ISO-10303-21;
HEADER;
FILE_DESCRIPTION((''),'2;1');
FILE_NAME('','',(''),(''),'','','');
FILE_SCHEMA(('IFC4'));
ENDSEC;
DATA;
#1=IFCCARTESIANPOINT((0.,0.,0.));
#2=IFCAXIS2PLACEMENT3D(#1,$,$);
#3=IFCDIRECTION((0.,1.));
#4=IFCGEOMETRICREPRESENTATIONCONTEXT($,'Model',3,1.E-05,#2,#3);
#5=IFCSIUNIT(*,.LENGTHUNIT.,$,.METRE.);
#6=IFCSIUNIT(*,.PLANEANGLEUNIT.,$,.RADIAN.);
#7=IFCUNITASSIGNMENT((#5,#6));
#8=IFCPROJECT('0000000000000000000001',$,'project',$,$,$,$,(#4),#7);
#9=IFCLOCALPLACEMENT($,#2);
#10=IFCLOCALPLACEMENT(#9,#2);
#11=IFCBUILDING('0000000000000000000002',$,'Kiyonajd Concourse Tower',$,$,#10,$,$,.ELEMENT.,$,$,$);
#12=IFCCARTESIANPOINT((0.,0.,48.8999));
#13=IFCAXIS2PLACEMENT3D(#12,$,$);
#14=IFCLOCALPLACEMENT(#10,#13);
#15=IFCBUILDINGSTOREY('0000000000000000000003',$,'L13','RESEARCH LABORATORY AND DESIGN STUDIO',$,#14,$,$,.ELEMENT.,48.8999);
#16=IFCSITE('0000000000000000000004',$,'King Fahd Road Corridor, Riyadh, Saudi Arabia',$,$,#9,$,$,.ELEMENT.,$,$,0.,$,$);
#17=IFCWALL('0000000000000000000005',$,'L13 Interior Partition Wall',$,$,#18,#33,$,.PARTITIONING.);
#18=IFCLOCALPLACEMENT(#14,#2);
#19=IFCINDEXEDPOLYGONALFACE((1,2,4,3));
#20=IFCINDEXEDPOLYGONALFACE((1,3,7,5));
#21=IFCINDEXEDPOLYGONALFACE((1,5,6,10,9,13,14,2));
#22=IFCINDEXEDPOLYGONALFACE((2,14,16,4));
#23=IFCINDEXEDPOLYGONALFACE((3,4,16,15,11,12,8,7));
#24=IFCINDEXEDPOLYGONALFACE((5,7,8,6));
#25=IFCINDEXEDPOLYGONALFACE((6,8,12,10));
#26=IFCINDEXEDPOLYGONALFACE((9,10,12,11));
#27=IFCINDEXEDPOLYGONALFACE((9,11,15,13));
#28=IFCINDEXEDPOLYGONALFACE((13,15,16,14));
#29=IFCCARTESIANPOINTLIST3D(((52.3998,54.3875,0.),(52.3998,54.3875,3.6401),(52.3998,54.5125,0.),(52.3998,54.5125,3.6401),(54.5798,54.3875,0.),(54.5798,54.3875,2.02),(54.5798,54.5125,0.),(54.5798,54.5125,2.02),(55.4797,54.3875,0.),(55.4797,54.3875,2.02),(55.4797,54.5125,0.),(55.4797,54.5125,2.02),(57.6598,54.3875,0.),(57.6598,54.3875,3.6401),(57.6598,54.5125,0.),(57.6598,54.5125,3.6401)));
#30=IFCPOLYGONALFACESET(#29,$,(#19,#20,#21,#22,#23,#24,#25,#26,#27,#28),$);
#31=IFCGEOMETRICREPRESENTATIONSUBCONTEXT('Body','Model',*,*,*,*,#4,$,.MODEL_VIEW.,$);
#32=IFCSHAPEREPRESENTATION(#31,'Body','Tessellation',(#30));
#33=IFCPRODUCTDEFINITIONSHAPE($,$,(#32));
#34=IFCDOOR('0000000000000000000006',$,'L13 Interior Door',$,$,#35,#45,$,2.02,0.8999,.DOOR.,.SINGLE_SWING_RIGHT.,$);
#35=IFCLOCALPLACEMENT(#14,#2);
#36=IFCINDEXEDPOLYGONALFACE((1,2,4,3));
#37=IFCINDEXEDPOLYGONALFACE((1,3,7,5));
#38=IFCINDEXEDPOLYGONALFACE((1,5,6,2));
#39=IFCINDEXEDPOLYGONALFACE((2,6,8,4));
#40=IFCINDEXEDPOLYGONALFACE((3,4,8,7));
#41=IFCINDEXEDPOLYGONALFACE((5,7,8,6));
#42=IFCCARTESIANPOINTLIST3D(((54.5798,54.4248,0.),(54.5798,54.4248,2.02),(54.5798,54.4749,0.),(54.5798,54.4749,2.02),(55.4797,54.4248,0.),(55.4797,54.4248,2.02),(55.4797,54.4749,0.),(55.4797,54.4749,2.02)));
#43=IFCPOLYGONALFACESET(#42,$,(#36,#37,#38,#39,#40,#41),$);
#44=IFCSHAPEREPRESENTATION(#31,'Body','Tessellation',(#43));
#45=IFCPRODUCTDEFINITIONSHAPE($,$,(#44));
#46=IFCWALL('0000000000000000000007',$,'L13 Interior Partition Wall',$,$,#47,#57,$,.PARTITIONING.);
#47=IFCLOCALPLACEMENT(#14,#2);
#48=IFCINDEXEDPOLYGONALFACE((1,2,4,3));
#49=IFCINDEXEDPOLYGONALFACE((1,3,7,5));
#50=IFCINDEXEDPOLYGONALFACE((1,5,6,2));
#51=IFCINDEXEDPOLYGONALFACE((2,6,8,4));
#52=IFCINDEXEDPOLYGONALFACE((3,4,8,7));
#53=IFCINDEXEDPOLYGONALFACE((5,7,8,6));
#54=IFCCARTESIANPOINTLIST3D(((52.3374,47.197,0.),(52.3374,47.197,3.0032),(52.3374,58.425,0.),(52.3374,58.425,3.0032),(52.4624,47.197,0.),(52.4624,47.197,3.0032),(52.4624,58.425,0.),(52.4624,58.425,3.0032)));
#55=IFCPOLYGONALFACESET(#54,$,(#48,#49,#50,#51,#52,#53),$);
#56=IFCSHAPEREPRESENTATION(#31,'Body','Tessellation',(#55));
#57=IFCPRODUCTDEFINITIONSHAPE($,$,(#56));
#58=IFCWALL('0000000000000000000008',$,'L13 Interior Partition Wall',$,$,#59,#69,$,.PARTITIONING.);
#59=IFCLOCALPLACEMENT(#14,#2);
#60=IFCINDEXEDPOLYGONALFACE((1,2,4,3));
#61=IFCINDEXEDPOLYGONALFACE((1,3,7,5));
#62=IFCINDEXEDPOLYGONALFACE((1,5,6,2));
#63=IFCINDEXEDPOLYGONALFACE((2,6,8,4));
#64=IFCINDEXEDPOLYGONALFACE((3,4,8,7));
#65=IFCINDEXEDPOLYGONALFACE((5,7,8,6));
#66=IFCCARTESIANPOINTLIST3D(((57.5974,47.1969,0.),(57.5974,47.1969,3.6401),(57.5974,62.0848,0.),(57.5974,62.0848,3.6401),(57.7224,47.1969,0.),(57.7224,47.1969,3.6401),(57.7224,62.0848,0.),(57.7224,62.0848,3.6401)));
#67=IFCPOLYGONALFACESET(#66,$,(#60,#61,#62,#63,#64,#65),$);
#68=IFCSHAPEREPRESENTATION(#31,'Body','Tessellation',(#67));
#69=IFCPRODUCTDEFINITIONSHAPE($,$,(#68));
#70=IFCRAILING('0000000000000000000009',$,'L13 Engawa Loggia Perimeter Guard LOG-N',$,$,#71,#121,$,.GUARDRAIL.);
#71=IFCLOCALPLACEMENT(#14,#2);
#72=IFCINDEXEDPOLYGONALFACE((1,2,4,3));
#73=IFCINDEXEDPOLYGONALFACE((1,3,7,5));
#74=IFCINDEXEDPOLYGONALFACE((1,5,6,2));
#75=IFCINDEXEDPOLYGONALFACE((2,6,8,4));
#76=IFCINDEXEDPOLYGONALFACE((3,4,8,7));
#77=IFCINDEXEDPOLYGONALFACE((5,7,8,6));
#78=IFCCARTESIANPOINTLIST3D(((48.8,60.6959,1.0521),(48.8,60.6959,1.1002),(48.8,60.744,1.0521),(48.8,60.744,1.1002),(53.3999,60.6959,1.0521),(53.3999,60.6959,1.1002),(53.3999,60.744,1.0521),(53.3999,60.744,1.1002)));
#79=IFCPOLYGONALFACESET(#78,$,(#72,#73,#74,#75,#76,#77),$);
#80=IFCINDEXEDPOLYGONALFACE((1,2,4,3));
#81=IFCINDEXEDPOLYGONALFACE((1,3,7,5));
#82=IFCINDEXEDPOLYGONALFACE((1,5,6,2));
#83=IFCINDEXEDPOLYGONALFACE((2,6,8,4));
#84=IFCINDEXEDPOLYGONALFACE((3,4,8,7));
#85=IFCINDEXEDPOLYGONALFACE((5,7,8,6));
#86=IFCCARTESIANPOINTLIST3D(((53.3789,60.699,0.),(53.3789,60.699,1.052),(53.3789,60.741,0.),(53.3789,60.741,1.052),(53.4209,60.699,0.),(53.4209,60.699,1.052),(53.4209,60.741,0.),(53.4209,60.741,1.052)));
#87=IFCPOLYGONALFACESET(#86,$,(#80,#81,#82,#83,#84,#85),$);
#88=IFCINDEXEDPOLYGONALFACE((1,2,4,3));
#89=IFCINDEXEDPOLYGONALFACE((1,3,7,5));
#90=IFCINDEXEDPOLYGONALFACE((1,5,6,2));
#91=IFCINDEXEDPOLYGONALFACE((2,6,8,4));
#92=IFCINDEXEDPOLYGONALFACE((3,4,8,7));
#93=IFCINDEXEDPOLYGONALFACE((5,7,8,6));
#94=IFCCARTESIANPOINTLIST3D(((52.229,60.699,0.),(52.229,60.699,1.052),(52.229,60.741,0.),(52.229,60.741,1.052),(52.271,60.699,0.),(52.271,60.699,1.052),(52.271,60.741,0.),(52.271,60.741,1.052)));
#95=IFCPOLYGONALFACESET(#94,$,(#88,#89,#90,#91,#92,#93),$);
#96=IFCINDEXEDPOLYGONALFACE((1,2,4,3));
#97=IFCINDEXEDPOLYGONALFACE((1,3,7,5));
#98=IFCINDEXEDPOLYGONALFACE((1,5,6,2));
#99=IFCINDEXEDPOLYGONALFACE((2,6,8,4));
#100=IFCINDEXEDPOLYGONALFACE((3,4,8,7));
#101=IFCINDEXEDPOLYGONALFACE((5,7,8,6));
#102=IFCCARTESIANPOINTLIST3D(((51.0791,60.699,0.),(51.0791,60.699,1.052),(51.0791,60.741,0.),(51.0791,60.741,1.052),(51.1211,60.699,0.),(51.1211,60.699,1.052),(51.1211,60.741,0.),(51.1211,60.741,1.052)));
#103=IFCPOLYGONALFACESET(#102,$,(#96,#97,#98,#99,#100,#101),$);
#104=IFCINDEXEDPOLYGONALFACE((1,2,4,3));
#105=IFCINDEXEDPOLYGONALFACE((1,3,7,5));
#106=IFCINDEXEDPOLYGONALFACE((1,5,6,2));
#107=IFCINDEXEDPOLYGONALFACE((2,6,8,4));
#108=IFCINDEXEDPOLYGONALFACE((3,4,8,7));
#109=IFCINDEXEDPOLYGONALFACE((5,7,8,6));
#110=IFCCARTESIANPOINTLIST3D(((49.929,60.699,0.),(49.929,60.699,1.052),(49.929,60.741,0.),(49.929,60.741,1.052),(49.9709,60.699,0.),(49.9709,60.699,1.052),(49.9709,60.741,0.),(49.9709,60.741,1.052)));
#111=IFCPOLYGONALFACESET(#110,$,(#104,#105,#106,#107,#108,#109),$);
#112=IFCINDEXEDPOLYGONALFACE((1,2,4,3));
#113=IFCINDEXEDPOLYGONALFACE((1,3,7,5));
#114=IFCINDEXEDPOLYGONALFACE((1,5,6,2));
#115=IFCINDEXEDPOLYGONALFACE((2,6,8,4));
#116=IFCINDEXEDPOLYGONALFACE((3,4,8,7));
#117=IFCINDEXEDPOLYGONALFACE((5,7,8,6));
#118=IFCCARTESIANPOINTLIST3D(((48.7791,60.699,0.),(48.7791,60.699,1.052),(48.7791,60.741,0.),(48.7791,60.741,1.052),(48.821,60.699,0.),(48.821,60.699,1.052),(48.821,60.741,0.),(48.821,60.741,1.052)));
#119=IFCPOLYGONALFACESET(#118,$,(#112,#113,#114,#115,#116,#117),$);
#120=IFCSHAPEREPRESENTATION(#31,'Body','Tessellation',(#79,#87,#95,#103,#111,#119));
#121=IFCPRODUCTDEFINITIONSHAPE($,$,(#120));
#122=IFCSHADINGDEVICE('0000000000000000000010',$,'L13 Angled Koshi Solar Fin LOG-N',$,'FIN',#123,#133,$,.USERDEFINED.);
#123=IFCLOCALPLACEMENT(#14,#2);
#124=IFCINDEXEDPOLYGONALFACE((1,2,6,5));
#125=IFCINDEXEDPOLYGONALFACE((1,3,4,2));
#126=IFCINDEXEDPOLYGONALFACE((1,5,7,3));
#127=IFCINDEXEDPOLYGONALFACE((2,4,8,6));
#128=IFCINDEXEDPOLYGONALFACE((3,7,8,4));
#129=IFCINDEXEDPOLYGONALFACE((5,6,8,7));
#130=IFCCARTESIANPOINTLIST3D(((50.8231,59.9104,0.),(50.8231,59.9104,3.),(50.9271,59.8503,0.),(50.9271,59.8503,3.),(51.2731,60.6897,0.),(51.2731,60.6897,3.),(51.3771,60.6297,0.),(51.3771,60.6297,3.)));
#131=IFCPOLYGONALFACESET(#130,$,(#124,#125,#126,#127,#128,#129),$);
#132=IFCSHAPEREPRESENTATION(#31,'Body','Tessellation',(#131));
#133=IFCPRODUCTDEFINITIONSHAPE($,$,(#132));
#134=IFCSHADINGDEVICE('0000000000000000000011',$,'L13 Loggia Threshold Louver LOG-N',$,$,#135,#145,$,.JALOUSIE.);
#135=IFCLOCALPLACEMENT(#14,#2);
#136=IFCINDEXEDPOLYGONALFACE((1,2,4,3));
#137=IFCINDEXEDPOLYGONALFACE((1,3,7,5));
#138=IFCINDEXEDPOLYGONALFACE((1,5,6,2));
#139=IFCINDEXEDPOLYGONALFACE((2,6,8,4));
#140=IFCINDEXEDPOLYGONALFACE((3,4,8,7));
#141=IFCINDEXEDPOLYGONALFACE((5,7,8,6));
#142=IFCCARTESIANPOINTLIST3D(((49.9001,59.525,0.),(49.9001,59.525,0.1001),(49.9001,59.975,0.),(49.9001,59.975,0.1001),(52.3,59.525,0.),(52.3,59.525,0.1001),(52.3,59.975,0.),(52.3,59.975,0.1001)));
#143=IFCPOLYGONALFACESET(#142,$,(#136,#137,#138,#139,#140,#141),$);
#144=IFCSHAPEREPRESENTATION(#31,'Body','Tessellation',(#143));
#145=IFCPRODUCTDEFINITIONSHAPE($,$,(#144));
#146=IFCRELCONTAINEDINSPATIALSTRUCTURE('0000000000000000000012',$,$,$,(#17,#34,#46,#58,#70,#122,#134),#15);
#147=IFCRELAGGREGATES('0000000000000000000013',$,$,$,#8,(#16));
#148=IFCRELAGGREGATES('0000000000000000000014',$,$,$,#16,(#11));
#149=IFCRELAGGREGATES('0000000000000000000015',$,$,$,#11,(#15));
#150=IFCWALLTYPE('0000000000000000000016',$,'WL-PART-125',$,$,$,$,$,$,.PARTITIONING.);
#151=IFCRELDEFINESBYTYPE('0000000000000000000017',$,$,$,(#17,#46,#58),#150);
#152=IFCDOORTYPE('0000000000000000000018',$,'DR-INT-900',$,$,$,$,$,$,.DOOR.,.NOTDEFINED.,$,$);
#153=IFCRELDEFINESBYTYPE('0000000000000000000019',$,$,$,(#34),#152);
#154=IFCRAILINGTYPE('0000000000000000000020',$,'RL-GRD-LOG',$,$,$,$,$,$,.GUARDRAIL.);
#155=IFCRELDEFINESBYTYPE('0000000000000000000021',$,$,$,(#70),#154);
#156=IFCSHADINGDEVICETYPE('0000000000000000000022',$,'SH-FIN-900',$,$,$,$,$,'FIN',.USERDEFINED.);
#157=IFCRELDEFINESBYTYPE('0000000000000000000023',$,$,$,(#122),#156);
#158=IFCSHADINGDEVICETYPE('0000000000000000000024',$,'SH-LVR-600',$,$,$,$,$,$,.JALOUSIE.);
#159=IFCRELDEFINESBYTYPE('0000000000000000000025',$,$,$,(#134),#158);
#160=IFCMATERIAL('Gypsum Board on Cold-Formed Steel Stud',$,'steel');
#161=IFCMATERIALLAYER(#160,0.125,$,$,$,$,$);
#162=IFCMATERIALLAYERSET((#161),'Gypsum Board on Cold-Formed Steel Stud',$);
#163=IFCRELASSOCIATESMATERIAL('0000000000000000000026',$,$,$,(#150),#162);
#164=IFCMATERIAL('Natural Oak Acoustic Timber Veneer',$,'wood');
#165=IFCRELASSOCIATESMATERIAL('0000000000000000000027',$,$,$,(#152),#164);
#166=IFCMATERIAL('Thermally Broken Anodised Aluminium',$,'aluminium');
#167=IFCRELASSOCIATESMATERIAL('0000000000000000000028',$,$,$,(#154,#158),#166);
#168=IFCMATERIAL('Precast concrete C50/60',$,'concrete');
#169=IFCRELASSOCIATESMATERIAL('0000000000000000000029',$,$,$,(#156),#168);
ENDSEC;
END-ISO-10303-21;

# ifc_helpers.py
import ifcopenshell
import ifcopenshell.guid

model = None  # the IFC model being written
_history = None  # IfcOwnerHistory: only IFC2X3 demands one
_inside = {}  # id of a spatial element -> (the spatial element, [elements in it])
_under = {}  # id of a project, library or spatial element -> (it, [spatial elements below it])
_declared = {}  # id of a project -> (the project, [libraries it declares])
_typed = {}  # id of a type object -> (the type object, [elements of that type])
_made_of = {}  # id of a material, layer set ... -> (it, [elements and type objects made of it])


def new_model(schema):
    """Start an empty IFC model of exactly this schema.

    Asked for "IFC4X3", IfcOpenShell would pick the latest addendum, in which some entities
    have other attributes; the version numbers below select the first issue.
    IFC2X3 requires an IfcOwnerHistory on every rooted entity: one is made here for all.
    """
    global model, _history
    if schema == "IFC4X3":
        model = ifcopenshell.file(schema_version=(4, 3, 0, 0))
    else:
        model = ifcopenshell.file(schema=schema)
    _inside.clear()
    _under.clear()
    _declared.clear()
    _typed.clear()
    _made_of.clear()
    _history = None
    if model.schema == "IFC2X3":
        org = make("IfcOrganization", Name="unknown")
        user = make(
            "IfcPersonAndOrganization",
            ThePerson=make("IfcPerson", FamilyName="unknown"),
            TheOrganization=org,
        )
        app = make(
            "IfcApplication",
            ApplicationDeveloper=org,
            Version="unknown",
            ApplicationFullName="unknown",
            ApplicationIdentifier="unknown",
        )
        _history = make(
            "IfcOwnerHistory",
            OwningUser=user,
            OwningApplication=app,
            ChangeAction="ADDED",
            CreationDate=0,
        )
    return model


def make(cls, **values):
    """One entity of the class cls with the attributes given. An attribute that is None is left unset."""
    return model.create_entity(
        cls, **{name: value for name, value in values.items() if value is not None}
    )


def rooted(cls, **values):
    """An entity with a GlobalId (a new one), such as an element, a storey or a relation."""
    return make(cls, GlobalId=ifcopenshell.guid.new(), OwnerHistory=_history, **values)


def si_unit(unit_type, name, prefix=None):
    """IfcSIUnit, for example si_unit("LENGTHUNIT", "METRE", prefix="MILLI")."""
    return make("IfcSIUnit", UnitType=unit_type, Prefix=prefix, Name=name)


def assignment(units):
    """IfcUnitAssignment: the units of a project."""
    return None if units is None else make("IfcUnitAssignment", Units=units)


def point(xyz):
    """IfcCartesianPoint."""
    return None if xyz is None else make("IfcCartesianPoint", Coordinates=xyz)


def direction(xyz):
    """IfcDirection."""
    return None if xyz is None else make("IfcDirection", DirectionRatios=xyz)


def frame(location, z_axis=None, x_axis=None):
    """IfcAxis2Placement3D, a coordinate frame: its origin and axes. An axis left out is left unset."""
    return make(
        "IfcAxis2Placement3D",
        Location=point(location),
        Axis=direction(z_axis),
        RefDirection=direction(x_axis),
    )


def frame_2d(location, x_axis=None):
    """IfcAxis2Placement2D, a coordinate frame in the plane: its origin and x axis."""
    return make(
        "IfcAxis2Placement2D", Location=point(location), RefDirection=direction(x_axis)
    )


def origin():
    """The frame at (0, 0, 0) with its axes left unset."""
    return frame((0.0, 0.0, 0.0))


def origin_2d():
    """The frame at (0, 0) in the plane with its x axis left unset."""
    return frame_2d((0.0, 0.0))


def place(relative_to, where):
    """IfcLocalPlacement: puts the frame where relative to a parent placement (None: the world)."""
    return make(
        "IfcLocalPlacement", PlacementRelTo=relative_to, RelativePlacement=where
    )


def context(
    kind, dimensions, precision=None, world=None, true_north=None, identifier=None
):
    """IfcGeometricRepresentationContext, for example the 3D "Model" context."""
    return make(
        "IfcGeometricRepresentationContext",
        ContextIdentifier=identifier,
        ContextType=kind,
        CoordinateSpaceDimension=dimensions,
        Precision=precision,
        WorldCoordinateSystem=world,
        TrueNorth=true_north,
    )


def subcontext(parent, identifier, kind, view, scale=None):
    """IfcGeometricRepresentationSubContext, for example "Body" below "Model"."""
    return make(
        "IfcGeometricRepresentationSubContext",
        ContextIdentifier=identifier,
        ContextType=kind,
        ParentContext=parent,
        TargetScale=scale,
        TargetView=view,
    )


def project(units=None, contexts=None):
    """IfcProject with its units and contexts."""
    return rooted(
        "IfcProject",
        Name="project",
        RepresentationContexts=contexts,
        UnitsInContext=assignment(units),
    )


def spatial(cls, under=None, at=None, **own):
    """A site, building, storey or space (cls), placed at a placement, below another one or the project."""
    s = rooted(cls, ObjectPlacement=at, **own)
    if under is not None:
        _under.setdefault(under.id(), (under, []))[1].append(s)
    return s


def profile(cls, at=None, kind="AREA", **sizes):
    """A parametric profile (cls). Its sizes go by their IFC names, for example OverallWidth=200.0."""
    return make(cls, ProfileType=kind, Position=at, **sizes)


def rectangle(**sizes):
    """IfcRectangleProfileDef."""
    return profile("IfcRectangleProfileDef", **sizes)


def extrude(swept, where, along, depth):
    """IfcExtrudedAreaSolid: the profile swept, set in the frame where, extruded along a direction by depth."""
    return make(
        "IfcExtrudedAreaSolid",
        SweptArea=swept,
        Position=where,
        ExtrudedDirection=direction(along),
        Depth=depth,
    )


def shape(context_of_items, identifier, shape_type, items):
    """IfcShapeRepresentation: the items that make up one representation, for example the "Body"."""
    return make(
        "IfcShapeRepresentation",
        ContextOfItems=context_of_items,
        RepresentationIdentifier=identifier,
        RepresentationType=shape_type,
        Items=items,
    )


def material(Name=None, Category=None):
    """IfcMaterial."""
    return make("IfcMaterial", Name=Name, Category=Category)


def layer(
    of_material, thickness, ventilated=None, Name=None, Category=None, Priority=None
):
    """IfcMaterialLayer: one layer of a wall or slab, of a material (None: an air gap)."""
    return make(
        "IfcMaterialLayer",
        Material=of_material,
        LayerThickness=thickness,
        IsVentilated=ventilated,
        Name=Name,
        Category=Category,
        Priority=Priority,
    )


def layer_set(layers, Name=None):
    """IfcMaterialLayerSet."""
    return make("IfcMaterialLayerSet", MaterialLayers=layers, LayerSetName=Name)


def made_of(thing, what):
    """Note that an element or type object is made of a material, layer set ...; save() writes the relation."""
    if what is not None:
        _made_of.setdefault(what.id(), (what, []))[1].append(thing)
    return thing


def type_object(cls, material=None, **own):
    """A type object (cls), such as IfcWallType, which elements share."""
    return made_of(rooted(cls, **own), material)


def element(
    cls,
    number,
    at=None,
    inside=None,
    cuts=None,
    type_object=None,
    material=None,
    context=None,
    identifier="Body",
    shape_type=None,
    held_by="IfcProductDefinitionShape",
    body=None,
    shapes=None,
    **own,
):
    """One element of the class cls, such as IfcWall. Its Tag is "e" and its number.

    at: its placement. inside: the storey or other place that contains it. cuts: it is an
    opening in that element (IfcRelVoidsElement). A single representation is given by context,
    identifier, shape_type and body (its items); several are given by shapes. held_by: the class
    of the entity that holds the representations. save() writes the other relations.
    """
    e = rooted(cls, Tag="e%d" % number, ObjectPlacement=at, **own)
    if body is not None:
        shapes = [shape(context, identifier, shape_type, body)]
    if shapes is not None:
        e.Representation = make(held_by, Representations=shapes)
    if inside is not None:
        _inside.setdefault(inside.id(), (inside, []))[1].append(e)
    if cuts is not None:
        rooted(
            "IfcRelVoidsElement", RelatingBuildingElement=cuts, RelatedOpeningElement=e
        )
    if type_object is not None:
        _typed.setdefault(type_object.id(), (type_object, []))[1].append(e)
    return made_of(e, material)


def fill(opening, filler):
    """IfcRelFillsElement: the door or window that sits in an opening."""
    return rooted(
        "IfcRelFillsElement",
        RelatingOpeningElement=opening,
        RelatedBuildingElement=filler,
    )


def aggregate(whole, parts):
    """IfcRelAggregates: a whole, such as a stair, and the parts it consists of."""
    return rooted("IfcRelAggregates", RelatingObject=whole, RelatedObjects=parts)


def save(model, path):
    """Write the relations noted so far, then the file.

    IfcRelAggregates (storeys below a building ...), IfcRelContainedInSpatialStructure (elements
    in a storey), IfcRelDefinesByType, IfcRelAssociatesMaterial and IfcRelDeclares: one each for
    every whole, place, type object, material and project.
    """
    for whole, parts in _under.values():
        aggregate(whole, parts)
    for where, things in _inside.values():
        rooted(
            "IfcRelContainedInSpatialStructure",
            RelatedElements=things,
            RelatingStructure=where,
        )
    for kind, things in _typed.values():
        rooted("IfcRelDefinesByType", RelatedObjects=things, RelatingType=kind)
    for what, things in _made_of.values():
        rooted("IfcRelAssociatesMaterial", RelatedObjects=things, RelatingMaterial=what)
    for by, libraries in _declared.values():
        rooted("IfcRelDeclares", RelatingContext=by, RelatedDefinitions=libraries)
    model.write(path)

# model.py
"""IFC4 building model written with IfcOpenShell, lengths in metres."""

from ifc_helpers import new_model, si_unit, direction, frame, frame_2d, origin, origin_2d, place, context, subcontext, project, spatial, rectangle, extrude, material, layer, layer_set, type_object, element, fill, save


model = new_model("IFC4")

# Units and contexts
model_context = context("Model", 3, precision=1e-05, world=origin(), true_north=direction((0.0, 1.0)))
body_context = subcontext(model_context, "Body", "Model", "MODEL_VIEW")
ifc_project = project(units=[si_unit("LENGTHUNIT", "METRE"), si_unit("PLANEANGLEUNIT", "RADIAN")], contexts=[model_context])

# Site, building, storey
site_placement = place(None, origin())
site = spatial("IfcSite", under=ifc_project, at=site_placement, Name="King Fahd Road Corridor, Riyadh, Saudi Arabia", CompositionType="ELEMENT", RefElevation=0.0)
building_placement = place(site_placement, origin())
building = spatial("IfcBuilding", under=site, at=building_placement, Name="Kiyonajd Concourse Tower", CompositionType="ELEMENT")
storey_placement = place(building_placement, frame((0.0, 0.0, 48.8999)))
storey = spatial("IfcBuildingStorey", under=building, at=storey_placement, Name="L13", Description="RESEARCH LABORATORY AND DESIGN STUDIO", CompositionType="ELEMENT", Elevation=48.8999)

# Shared definitions
ifc_material_1 = material(Name="Precast concrete C50/60", Category="concrete")

# Shared definitions
ifc_material_2 = material(Name="Thermally Broken Anodised Aluminium", Category="aluminium")

# Wall, opening, door
ifc_material_3 = material(Name="Gypsum Board on Cold-Formed Steel Stud", Category="steel")
ifc_layer_1 = layer(ifc_material_3, 0.125)
ifc_layer_set_1 = layer_set([ifc_layer_1], Name="Gypsum Board on Cold-Formed Steel Stud")
wall_type_1 = type_object("IfcWallType", Name="WL-PART-125", PredefinedType="PARTITIONING", material=ifc_layer_set_1)
wall_1_placement = place(storey_placement, frame((52.3999, 54.45, 0.0), z_axis=(0.0, 0.0, 1.0), x_axis=(1.0, 0.0, 0.0)))
wall_1 = element("IfcWall", 1, at=wall_1_placement, inside=storey, type_object=wall_type_1, Name="L13 Interior Partition Wall", PredefinedType="PARTITIONING", context=body_context, shape_type="SweptSolid", body=[
    extrude(rectangle(XDim=5.26, YDim=0.125, at=frame_2d((2.6299, 0.0))), origin(), (0.0, 0.0, 1.0), 3.6401),
])
opening_1_placement = place(wall_1_placement, frame((2.1799, 0.0, 0.0)))
opening_1 = element("IfcOpeningElement", 2, at=opening_1_placement, cuts=wall_1, PredefinedType="OPENING", context=body_context, shape_type="SweptSolid", body=[
    extrude(rectangle(XDim=0.8999, YDim=2.02, at=frame_2d((0.45, 1.01))), frame((0.0, 0.0725, 0.0), z_axis=(0.0, -1.0, 0.0), x_axis=(1.0, 0.0, 0.0)), (0.0, 0.0, 1.0), 0.145),
])
ifc_material_4 = material(Name="Natural Oak Acoustic Timber Veneer", Category="wood")
door_type_1 = type_object("IfcDoorType", Name="DR-INT-900", OperationType="NOTDEFINED", PredefinedType="DOOR", material=ifc_material_4)
door_1_placement = place(opening_1_placement, origin())
door_1 = element("IfcDoor", 3, at=door_1_placement, inside=storey, type_object=door_type_1, Name="L13 Interior Door", OperationType="SINGLE_SWING_RIGHT", OverallHeight=2.02, OverallWidth=0.8999, PredefinedType="DOOR", context=body_context, shape_type="SweptSolid", body=[
    extrude(rectangle(XDim=0.8999, YDim=2.02, at=frame_2d((0.45, 1.01))), frame((0.0, 0.0249, 0.0), z_axis=(0.0, -1.0, 0.0), x_axis=(1.0, 0.0, 0.0)), (0.0, 0.0, 1.0), 0.05),
])
fill(opening_1, door_1)

# Walls
wall_2_placement = place(storey_placement, frame((52.3999, 47.197, 0.0), z_axis=(0.0, 0.0, 1.0), x_axis=(0.0, 1.0, 0.0)))
element("IfcWall", 4, at=wall_2_placement, inside=storey, type_object=wall_type_1, Name="L13 Interior Partition Wall", PredefinedType="PARTITIONING", context=body_context, shape_type="SweptSolid", body=[
    extrude(rectangle(XDim=11.228, YDim=0.125, at=frame_2d((5.614, 0.0))), origin(), (0.0, 0.0, 1.0), 3.0032),
])
wall_3_placement = place(storey_placement, frame((57.6599, 47.197, 0.0), z_axis=(0.0, 0.0, 1.0), x_axis=(0.0, 1.0, 0.0)))
element("IfcWall", 5, at=wall_3_placement, inside=storey, type_object=wall_type_1, Name="L13 Interior Partition Wall", PredefinedType="PARTITIONING", context=body_context, shape_type="SweptSolid", body=[
    extrude(rectangle(XDim=14.8879, YDim=0.125, at=frame_2d((7.4438, 0.0))), origin(), (0.0, 0.0, 1.0), 3.6401),
])

# Railing
railing_type = type_object("IfcRailingType", Name="RL-GRD-LOG", PredefinedType="GUARDRAIL", material=ifc_material_2)
railing_placement = place(storey_placement, frame((53.3999, 60.72, 0.0)))
element("IfcRailing", 6, at=railing_placement, inside=storey, type_object=railing_type, Name="L13 Engawa Loggia Perimeter Guard LOG-N", PredefinedType="GUARDRAIL", context=body_context, shape_type="SweptSolid", body=[
    extrude(rectangle(XDim=0.0481, YDim=0.0481, at=origin_2d()), frame((0.0, 0.0, 1.0762), z_axis=(-1.0, 0.0, 0.0), x_axis=(0.0, -1.0, 0.0)), (0.0, 0.0, 1.0), 4.5999),
    extrude(rectangle(XDim=0.042, YDim=0.042, at=origin_2d()), origin(), (0.0, 0.0, 1.0), 1.052),
    extrude(rectangle(XDim=0.042, YDim=0.042, at=origin_2d()), frame((-1.1499, 0.0, 0.0)), (0.0, 0.0, 1.0), 1.052),
    extrude(rectangle(XDim=0.042, YDim=0.042, at=origin_2d()), frame((-2.2998, 0.0, 0.0)), (0.0, 0.0, 1.0), 1.052),
    extrude(rectangle(XDim=0.042, YDim=0.042, at=origin_2d()), frame((-3.45, 0.0, 0.0)), (0.0, 0.0, 1.0), 1.052),
    extrude(rectangle(XDim=0.042, YDim=0.042, at=origin_2d()), frame((-4.5999, 0.0, 0.0)), (0.0, 0.0, 1.0), 1.052),
])

# Shading devices
shading_device_type_1 = type_object("IfcShadingDeviceType", Name="SH-FIN-900", ElementType="FIN", PredefinedType="USERDEFINED", material=ifc_material_1)
shading_device_1_placement = place(storey_placement, frame((51.1001, 60.27, 0.0), z_axis=(0.0, 0.0, 1.0), x_axis=(0.5, 0.866025, 0.0)))
element("IfcShadingDevice", 7, at=shading_device_1_placement, inside=storey, type_object=shading_device_type_1, Name="L13 Angled Koshi Solar Fin LOG-N", ObjectType="FIN", PredefinedType="USERDEFINED", context=body_context, shape_type="SweptSolid", body=[
    extrude(rectangle(XDim=0.8999, YDim=0.1201, at=origin_2d()), origin(), (0.0, 0.0, 1.0), 3.0),
])
shading_device_type_2 = type_object("IfcShadingDeviceType", Name="SH-LVR-600", PredefinedType="JALOUSIE", material=ifc_material_2)
shading_device_2_placement = place(storey_placement, frame((51.1001, 59.75, 0.0), z_axis=(0.0, 0.0, 1.0), x_axis=(1.0, 0.0, 0.0)))
element("IfcShadingDevice", 8, at=shading_device_2_placement, inside=storey, type_object=shading_device_type_2, Name="L13 Loggia Threshold Louver LOG-N", PredefinedType="JALOUSIE", context=body_context, shape_type="SweptSolid", body=[
    extrude(rectangle(XDim=2.3999, YDim=0.45, at=origin_2d()), origin(), (0.0, 0.0, 1.0), 0.1001),
])

save(model, "model.ifc")
